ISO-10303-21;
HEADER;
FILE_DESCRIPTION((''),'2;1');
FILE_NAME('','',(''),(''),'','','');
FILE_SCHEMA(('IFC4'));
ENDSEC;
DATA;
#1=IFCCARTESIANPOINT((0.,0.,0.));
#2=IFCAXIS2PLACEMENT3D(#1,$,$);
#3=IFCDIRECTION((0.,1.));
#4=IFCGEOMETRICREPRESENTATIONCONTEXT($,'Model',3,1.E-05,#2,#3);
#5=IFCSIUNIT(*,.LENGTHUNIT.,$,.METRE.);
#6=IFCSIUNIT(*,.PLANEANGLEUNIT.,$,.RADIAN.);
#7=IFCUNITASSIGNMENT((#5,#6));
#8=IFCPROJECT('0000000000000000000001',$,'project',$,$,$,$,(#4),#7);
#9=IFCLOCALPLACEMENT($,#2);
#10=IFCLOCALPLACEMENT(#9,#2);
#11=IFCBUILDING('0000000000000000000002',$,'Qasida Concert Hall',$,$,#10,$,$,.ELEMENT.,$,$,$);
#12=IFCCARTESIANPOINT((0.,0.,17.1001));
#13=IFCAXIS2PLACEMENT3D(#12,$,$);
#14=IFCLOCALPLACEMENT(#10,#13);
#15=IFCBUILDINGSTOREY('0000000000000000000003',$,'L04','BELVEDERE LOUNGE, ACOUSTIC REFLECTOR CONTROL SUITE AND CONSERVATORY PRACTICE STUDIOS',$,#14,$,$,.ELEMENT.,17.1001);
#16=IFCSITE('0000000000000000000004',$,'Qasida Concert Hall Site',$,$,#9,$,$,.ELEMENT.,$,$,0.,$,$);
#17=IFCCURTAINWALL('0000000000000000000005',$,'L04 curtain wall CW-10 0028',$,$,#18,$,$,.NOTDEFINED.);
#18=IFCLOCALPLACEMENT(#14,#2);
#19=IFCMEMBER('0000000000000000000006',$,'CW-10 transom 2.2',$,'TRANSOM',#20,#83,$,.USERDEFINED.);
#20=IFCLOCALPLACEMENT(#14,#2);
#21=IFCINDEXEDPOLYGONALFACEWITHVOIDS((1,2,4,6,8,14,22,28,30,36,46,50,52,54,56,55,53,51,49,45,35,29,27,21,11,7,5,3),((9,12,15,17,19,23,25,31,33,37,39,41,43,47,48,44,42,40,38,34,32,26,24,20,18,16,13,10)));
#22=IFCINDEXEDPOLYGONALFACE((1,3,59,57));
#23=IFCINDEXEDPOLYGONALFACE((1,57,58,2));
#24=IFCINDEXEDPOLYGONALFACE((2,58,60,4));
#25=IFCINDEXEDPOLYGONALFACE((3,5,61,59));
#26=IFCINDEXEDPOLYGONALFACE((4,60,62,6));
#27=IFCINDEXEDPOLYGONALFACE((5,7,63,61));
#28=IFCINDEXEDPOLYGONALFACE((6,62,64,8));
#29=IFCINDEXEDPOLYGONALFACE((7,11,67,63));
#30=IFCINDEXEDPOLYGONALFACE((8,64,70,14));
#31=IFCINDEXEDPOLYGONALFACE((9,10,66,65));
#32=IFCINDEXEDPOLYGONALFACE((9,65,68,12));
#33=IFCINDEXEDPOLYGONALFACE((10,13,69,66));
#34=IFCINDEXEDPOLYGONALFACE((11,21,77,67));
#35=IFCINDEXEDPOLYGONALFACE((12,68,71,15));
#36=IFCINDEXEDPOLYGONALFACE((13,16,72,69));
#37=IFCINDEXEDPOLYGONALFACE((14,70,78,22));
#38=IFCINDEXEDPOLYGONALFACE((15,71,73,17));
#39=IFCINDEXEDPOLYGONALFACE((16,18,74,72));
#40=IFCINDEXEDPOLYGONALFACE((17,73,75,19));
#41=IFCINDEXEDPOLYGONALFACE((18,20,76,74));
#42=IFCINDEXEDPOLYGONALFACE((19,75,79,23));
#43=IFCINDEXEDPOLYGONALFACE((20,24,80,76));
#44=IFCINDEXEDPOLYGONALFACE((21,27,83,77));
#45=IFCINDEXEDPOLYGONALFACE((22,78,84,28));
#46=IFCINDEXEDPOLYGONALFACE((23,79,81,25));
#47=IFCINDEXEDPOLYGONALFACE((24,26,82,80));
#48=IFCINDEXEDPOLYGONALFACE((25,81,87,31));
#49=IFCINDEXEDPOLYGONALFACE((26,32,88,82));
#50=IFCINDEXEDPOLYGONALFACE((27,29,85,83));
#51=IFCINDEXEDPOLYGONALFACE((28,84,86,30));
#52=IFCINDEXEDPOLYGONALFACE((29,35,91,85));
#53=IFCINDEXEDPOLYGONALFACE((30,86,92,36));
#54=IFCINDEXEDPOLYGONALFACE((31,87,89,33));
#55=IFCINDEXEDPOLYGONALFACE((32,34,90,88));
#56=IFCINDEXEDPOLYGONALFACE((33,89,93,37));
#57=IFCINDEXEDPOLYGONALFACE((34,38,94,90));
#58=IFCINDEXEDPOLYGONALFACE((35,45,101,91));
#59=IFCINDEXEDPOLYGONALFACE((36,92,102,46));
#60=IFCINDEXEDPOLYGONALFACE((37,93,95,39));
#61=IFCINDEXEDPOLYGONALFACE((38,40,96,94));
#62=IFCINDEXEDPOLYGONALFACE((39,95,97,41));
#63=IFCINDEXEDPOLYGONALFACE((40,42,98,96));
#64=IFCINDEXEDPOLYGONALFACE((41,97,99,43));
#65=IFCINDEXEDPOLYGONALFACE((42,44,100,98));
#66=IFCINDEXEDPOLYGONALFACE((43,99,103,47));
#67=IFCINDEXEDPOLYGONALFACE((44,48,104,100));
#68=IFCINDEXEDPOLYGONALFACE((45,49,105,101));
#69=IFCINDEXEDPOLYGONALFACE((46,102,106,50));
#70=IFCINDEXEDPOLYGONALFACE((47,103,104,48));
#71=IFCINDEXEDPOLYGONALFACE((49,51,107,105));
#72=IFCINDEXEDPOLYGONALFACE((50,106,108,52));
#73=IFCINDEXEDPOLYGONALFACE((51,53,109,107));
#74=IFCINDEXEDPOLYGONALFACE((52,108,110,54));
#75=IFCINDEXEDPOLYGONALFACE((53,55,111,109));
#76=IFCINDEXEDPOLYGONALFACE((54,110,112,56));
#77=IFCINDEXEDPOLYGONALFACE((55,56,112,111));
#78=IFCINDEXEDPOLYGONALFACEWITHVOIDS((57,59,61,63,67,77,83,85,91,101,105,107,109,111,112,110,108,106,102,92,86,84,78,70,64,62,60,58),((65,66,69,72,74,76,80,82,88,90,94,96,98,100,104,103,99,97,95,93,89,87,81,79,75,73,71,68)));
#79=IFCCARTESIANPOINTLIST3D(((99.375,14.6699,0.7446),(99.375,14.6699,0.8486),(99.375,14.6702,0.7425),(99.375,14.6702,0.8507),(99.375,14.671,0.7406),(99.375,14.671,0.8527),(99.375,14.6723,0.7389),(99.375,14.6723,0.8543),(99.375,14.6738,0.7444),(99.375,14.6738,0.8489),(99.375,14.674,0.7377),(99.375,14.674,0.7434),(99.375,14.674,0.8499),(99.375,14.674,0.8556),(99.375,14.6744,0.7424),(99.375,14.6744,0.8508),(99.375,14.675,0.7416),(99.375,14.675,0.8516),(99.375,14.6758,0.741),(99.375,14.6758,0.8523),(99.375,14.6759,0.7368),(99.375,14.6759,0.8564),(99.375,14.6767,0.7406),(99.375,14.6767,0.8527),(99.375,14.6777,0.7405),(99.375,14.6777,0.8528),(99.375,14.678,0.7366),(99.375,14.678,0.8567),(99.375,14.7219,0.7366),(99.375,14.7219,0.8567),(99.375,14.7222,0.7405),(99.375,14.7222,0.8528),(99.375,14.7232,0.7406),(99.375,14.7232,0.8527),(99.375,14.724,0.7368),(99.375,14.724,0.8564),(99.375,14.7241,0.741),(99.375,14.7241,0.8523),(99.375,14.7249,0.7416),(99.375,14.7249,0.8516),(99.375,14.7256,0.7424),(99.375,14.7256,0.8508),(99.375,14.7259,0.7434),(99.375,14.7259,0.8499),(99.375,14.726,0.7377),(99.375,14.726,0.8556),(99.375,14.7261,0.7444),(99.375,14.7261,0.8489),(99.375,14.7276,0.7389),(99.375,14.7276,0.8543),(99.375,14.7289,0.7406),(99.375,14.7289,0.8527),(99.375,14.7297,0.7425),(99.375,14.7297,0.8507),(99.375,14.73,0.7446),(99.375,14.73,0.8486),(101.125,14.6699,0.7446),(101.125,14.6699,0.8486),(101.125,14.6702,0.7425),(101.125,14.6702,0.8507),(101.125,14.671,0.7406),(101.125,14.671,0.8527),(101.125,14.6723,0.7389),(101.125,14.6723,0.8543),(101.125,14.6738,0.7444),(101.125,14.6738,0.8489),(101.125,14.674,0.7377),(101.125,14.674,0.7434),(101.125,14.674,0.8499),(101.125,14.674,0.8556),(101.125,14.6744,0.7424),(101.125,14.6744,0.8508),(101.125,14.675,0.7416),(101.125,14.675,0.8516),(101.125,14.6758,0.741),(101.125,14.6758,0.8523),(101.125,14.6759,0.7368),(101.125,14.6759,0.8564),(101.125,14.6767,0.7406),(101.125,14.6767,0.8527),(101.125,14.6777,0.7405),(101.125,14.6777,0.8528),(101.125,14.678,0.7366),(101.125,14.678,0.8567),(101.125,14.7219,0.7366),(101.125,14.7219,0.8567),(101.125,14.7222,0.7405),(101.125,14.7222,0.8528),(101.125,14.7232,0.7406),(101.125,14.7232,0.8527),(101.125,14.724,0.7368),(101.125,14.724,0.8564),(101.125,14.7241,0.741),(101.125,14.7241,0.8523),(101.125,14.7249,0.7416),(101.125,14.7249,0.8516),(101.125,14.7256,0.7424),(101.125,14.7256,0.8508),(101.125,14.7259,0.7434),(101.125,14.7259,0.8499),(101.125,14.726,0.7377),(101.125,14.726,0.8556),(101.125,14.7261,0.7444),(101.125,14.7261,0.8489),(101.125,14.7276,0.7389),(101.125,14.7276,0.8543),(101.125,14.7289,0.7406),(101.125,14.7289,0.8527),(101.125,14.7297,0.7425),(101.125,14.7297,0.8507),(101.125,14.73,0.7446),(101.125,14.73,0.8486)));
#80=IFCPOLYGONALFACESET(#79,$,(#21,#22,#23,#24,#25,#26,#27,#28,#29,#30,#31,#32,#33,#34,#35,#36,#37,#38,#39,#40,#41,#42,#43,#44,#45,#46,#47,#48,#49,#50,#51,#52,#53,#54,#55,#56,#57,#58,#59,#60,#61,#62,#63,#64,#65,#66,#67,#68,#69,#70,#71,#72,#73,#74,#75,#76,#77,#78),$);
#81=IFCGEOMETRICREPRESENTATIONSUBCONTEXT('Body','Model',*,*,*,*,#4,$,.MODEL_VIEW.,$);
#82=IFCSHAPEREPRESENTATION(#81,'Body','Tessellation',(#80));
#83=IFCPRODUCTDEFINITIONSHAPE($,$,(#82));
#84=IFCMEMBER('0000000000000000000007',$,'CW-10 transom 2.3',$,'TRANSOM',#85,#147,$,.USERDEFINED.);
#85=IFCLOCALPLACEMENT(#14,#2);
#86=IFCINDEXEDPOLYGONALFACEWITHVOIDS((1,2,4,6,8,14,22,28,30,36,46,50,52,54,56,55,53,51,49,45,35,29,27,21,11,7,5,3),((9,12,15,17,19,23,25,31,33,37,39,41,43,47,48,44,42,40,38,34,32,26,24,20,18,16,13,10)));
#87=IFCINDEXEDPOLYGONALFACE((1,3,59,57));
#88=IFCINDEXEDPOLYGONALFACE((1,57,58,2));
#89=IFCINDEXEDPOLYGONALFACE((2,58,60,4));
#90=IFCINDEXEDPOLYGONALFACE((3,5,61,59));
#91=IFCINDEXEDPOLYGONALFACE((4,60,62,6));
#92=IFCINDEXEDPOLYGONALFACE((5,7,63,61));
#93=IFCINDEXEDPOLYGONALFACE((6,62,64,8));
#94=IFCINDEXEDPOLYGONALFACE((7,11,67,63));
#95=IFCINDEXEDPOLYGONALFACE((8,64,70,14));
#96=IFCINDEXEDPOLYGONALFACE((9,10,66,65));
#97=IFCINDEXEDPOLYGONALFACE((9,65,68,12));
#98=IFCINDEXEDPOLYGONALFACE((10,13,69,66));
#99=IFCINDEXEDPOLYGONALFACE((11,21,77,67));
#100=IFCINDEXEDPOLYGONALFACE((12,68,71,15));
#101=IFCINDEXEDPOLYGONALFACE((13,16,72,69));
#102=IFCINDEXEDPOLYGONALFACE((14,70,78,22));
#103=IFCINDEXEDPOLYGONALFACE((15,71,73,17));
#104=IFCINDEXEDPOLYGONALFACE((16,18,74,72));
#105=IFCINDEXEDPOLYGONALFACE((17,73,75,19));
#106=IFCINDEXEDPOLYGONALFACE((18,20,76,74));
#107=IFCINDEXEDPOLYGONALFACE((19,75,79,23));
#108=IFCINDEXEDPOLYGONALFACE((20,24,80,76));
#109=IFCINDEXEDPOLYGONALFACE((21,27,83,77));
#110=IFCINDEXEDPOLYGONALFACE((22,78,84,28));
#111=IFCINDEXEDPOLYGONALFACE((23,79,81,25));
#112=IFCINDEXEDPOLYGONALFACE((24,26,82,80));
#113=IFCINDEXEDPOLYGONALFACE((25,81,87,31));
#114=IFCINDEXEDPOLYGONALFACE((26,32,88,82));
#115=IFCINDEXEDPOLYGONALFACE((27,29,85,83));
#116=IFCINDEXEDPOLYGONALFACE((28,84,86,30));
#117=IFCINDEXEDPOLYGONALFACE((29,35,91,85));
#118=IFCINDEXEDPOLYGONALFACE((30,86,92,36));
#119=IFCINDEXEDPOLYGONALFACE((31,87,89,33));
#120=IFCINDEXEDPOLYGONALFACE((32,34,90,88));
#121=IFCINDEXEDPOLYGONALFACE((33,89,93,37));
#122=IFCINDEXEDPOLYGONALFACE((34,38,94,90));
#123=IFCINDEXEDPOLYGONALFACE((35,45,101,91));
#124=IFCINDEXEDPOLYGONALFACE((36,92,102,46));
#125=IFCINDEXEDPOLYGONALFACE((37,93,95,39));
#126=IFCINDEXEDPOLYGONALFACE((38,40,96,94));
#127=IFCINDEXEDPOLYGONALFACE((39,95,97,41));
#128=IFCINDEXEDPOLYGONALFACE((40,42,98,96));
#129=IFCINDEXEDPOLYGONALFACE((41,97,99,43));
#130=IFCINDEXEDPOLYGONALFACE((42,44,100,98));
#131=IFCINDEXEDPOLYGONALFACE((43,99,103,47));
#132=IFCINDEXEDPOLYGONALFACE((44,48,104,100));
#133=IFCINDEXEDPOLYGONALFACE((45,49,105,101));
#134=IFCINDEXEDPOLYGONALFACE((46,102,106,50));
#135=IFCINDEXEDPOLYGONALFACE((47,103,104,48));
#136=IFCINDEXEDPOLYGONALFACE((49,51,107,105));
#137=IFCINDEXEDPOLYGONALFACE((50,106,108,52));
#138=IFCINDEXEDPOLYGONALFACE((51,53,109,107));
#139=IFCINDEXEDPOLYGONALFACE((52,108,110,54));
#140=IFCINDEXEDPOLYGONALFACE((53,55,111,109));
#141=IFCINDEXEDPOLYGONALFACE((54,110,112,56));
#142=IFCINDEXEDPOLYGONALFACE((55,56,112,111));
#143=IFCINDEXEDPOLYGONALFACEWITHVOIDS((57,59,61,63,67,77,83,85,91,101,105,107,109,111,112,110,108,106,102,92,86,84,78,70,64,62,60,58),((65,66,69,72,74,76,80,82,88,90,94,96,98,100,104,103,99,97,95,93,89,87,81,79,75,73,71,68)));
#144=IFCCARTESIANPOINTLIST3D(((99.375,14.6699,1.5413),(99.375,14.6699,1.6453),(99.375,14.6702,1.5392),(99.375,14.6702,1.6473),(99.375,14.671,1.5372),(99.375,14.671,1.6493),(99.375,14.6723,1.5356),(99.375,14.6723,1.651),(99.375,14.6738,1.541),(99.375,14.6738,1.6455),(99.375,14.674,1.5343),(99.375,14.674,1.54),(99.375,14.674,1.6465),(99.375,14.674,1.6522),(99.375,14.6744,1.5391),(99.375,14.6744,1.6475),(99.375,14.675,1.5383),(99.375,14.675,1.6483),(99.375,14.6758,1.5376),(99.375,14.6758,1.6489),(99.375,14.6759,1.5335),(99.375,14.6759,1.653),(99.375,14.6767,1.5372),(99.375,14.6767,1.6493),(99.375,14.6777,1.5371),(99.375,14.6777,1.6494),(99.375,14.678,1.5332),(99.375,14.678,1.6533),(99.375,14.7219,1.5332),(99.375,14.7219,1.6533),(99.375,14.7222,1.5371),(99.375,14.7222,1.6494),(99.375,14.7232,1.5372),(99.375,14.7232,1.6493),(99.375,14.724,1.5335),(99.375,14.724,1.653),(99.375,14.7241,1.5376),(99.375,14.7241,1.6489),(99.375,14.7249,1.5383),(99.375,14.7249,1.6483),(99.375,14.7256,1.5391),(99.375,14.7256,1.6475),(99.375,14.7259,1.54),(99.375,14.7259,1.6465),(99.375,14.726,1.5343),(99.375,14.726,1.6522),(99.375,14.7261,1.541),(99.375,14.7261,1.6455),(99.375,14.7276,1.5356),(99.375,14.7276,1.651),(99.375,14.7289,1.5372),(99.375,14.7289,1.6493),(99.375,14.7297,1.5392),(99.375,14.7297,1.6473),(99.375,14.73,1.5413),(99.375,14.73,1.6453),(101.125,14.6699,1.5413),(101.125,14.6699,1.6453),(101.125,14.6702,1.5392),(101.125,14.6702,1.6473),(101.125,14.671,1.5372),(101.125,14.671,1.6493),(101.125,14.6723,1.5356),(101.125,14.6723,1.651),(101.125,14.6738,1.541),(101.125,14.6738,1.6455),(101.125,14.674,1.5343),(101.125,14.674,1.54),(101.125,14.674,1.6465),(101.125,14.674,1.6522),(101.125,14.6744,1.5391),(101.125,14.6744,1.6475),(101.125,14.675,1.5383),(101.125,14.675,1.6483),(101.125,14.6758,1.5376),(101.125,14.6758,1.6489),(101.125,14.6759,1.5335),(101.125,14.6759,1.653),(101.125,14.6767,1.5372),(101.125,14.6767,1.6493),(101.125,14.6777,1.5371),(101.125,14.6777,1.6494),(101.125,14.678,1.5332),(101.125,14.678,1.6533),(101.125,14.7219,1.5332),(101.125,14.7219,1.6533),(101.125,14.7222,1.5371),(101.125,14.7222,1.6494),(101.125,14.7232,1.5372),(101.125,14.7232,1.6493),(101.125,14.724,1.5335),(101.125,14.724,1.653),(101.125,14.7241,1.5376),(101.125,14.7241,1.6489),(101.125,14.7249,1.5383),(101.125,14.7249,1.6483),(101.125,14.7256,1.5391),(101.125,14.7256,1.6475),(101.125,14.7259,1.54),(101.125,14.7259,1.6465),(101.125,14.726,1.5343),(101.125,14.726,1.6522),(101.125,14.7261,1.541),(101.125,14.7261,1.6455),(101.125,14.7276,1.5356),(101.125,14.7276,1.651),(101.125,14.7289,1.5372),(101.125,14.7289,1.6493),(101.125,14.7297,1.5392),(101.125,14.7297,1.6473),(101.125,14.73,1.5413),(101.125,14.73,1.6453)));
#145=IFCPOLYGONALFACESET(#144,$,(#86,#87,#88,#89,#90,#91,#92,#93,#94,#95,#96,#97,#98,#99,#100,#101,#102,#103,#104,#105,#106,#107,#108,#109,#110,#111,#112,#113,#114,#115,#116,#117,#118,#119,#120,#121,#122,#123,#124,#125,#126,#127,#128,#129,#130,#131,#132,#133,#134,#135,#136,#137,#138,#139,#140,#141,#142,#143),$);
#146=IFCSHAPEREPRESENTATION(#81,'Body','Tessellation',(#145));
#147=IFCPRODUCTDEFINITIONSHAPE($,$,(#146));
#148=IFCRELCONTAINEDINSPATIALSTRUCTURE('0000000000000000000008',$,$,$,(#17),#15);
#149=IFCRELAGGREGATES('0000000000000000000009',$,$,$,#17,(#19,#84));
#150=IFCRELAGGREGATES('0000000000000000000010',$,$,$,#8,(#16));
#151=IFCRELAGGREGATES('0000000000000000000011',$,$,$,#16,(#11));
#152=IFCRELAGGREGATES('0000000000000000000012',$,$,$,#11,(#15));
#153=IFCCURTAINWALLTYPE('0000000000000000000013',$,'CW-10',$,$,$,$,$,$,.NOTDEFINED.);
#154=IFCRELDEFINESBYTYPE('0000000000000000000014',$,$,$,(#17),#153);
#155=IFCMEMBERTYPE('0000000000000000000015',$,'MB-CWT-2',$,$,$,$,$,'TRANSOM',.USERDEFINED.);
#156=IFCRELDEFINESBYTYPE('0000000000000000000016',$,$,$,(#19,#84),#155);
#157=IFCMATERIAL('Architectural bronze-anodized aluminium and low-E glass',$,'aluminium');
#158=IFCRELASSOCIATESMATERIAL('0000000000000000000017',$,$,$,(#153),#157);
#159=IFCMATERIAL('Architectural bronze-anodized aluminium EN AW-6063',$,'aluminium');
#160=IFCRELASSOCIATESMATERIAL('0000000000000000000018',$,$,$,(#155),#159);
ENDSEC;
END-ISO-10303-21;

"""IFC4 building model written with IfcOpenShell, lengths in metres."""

from ifc_helpers import new_model, si_unit, direction, frame, origin, origin_2d, place, context, subcontext, project, spatial, hollow_rectangle, extrude, material, material_profile, profile_set, type_object, element, aggregate, save


model = new_model("IFC4")

# Units and contexts
model_context = context("Model", 3, precision=1e-05, world=origin(), true_north=direction((0.0, 1.0)))
body_context = subcontext(model_context, "Body", "Model", "MODEL_VIEW")
ifc_project = project(units=[si_unit("LENGTHUNIT", "METRE"), si_unit("PLANEANGLEUNIT", "RADIAN")], contexts=[model_context])

# Site, building, storey
site_placement = place(None, origin())
site = spatial("IfcSite", under=ifc_project, at=site_placement, Name="Qasida Concert Hall Site", CompositionType="ELEMENT", RefElevation=0.0)
building_placement = place(site_placement, origin())
building = spatial("IfcBuilding", under=site, at=building_placement, Name="Qasida Concert Hall", CompositionType="ELEMENT")
storey_placement = place(building_placement, frame((0.0, 0.0, 17.1001)))
storey = spatial("IfcBuildingStorey", under=building, at=storey_placement, Name="L04", Description="BELVEDERE LOUNGE, ACOUSTIC REFLECTOR CONTROL SUITE AND CONSERVATORY PRACTICE STUDIOS", CompositionType="ELEMENT", Elevation=17.1001)

# Curtain wall, members
ifc_material_1 = material(Name="Architectural bronze-anodized aluminium and low-E glass", Category="aluminium")
curtain_wall_type = type_object("IfcCurtainWallType", Name="CW-10", PredefinedType="NOTDEFINED", material=ifc_material_1)
curtain_wall_placement = place(storey_placement, origin())
curtain_wall = element("IfcCurtainWall", 1, at=curtain_wall_placement, inside=storey, type_object=curtain_wall_type, Name="L04 curtain wall CW-10 0028", PredefinedType="NOTDEFINED")
ifc_material_2 = material(Name="Architectural bronze-anodized aluminium EN AW-6063", Category="aluminium")
ifc_material_profile_1 = material_profile(ifc_material_2, hollow_rectangle(XDim=0.0601, YDim=0.1201, WallThickness=0.0039, InnerFilletRadius=0.0039, OuterFilletRadius=0.0081, at=origin_2d()), Name="CWT 120x60x4")
ifc_profile_set_1 = profile_set([ifc_material_profile_1], Name="Architectural bronze-anodized aluminium EN AW-6063")
member_type_1 = type_object("IfcMemberType", Name="MB-CWT-2", ElementType="TRANSOM", PredefinedType="USERDEFINED", material=ifc_profile_set_1)
member_1_placement = place(storey_placement, frame((99.375, 14.7, 0.7966), z_axis=(1.0, 0.0, 0.0), x_axis=(0.0, 1.0, 0.0)))
member_1 = element("IfcMember", 2, at=member_1_placement, type_object=member_type_1, Name="CW-10 transom 2.2", ObjectType="TRANSOM", PredefinedType="USERDEFINED", context=body_context, shape_type="SweptSolid", body=[
    extrude(hollow_rectangle(XDim=0.0601, YDim=0.1201, WallThickness=0.0039, InnerFilletRadius=0.0039, OuterFilletRadius=0.0081, at=origin_2d()), origin(), (0.0, 0.0, 1.0), 1.75),
])
member_2_placement = place(storey_placement, frame((99.375, 14.7, 1.5933), z_axis=(1.0, 0.0, 0.0), x_axis=(0.0, 1.0, 0.0)))
member_2 = element("IfcMember", 3, at=member_2_placement, type_object=member_type_1, Name="CW-10 transom 2.3", ObjectType="TRANSOM", PredefinedType="USERDEFINED", context=body_context, shape_type="SweptSolid", body=[
    extrude(hollow_rectangle(XDim=0.0601, YDim=0.1201, WallThickness=0.0039, InnerFilletRadius=0.0039, OuterFilletRadius=0.0081, at=origin_2d()), origin(), (0.0, 0.0, 1.0), 1.75),
])
aggregate(curtain_wall, [member_1, member_2])

save(model, "model.ifc")
